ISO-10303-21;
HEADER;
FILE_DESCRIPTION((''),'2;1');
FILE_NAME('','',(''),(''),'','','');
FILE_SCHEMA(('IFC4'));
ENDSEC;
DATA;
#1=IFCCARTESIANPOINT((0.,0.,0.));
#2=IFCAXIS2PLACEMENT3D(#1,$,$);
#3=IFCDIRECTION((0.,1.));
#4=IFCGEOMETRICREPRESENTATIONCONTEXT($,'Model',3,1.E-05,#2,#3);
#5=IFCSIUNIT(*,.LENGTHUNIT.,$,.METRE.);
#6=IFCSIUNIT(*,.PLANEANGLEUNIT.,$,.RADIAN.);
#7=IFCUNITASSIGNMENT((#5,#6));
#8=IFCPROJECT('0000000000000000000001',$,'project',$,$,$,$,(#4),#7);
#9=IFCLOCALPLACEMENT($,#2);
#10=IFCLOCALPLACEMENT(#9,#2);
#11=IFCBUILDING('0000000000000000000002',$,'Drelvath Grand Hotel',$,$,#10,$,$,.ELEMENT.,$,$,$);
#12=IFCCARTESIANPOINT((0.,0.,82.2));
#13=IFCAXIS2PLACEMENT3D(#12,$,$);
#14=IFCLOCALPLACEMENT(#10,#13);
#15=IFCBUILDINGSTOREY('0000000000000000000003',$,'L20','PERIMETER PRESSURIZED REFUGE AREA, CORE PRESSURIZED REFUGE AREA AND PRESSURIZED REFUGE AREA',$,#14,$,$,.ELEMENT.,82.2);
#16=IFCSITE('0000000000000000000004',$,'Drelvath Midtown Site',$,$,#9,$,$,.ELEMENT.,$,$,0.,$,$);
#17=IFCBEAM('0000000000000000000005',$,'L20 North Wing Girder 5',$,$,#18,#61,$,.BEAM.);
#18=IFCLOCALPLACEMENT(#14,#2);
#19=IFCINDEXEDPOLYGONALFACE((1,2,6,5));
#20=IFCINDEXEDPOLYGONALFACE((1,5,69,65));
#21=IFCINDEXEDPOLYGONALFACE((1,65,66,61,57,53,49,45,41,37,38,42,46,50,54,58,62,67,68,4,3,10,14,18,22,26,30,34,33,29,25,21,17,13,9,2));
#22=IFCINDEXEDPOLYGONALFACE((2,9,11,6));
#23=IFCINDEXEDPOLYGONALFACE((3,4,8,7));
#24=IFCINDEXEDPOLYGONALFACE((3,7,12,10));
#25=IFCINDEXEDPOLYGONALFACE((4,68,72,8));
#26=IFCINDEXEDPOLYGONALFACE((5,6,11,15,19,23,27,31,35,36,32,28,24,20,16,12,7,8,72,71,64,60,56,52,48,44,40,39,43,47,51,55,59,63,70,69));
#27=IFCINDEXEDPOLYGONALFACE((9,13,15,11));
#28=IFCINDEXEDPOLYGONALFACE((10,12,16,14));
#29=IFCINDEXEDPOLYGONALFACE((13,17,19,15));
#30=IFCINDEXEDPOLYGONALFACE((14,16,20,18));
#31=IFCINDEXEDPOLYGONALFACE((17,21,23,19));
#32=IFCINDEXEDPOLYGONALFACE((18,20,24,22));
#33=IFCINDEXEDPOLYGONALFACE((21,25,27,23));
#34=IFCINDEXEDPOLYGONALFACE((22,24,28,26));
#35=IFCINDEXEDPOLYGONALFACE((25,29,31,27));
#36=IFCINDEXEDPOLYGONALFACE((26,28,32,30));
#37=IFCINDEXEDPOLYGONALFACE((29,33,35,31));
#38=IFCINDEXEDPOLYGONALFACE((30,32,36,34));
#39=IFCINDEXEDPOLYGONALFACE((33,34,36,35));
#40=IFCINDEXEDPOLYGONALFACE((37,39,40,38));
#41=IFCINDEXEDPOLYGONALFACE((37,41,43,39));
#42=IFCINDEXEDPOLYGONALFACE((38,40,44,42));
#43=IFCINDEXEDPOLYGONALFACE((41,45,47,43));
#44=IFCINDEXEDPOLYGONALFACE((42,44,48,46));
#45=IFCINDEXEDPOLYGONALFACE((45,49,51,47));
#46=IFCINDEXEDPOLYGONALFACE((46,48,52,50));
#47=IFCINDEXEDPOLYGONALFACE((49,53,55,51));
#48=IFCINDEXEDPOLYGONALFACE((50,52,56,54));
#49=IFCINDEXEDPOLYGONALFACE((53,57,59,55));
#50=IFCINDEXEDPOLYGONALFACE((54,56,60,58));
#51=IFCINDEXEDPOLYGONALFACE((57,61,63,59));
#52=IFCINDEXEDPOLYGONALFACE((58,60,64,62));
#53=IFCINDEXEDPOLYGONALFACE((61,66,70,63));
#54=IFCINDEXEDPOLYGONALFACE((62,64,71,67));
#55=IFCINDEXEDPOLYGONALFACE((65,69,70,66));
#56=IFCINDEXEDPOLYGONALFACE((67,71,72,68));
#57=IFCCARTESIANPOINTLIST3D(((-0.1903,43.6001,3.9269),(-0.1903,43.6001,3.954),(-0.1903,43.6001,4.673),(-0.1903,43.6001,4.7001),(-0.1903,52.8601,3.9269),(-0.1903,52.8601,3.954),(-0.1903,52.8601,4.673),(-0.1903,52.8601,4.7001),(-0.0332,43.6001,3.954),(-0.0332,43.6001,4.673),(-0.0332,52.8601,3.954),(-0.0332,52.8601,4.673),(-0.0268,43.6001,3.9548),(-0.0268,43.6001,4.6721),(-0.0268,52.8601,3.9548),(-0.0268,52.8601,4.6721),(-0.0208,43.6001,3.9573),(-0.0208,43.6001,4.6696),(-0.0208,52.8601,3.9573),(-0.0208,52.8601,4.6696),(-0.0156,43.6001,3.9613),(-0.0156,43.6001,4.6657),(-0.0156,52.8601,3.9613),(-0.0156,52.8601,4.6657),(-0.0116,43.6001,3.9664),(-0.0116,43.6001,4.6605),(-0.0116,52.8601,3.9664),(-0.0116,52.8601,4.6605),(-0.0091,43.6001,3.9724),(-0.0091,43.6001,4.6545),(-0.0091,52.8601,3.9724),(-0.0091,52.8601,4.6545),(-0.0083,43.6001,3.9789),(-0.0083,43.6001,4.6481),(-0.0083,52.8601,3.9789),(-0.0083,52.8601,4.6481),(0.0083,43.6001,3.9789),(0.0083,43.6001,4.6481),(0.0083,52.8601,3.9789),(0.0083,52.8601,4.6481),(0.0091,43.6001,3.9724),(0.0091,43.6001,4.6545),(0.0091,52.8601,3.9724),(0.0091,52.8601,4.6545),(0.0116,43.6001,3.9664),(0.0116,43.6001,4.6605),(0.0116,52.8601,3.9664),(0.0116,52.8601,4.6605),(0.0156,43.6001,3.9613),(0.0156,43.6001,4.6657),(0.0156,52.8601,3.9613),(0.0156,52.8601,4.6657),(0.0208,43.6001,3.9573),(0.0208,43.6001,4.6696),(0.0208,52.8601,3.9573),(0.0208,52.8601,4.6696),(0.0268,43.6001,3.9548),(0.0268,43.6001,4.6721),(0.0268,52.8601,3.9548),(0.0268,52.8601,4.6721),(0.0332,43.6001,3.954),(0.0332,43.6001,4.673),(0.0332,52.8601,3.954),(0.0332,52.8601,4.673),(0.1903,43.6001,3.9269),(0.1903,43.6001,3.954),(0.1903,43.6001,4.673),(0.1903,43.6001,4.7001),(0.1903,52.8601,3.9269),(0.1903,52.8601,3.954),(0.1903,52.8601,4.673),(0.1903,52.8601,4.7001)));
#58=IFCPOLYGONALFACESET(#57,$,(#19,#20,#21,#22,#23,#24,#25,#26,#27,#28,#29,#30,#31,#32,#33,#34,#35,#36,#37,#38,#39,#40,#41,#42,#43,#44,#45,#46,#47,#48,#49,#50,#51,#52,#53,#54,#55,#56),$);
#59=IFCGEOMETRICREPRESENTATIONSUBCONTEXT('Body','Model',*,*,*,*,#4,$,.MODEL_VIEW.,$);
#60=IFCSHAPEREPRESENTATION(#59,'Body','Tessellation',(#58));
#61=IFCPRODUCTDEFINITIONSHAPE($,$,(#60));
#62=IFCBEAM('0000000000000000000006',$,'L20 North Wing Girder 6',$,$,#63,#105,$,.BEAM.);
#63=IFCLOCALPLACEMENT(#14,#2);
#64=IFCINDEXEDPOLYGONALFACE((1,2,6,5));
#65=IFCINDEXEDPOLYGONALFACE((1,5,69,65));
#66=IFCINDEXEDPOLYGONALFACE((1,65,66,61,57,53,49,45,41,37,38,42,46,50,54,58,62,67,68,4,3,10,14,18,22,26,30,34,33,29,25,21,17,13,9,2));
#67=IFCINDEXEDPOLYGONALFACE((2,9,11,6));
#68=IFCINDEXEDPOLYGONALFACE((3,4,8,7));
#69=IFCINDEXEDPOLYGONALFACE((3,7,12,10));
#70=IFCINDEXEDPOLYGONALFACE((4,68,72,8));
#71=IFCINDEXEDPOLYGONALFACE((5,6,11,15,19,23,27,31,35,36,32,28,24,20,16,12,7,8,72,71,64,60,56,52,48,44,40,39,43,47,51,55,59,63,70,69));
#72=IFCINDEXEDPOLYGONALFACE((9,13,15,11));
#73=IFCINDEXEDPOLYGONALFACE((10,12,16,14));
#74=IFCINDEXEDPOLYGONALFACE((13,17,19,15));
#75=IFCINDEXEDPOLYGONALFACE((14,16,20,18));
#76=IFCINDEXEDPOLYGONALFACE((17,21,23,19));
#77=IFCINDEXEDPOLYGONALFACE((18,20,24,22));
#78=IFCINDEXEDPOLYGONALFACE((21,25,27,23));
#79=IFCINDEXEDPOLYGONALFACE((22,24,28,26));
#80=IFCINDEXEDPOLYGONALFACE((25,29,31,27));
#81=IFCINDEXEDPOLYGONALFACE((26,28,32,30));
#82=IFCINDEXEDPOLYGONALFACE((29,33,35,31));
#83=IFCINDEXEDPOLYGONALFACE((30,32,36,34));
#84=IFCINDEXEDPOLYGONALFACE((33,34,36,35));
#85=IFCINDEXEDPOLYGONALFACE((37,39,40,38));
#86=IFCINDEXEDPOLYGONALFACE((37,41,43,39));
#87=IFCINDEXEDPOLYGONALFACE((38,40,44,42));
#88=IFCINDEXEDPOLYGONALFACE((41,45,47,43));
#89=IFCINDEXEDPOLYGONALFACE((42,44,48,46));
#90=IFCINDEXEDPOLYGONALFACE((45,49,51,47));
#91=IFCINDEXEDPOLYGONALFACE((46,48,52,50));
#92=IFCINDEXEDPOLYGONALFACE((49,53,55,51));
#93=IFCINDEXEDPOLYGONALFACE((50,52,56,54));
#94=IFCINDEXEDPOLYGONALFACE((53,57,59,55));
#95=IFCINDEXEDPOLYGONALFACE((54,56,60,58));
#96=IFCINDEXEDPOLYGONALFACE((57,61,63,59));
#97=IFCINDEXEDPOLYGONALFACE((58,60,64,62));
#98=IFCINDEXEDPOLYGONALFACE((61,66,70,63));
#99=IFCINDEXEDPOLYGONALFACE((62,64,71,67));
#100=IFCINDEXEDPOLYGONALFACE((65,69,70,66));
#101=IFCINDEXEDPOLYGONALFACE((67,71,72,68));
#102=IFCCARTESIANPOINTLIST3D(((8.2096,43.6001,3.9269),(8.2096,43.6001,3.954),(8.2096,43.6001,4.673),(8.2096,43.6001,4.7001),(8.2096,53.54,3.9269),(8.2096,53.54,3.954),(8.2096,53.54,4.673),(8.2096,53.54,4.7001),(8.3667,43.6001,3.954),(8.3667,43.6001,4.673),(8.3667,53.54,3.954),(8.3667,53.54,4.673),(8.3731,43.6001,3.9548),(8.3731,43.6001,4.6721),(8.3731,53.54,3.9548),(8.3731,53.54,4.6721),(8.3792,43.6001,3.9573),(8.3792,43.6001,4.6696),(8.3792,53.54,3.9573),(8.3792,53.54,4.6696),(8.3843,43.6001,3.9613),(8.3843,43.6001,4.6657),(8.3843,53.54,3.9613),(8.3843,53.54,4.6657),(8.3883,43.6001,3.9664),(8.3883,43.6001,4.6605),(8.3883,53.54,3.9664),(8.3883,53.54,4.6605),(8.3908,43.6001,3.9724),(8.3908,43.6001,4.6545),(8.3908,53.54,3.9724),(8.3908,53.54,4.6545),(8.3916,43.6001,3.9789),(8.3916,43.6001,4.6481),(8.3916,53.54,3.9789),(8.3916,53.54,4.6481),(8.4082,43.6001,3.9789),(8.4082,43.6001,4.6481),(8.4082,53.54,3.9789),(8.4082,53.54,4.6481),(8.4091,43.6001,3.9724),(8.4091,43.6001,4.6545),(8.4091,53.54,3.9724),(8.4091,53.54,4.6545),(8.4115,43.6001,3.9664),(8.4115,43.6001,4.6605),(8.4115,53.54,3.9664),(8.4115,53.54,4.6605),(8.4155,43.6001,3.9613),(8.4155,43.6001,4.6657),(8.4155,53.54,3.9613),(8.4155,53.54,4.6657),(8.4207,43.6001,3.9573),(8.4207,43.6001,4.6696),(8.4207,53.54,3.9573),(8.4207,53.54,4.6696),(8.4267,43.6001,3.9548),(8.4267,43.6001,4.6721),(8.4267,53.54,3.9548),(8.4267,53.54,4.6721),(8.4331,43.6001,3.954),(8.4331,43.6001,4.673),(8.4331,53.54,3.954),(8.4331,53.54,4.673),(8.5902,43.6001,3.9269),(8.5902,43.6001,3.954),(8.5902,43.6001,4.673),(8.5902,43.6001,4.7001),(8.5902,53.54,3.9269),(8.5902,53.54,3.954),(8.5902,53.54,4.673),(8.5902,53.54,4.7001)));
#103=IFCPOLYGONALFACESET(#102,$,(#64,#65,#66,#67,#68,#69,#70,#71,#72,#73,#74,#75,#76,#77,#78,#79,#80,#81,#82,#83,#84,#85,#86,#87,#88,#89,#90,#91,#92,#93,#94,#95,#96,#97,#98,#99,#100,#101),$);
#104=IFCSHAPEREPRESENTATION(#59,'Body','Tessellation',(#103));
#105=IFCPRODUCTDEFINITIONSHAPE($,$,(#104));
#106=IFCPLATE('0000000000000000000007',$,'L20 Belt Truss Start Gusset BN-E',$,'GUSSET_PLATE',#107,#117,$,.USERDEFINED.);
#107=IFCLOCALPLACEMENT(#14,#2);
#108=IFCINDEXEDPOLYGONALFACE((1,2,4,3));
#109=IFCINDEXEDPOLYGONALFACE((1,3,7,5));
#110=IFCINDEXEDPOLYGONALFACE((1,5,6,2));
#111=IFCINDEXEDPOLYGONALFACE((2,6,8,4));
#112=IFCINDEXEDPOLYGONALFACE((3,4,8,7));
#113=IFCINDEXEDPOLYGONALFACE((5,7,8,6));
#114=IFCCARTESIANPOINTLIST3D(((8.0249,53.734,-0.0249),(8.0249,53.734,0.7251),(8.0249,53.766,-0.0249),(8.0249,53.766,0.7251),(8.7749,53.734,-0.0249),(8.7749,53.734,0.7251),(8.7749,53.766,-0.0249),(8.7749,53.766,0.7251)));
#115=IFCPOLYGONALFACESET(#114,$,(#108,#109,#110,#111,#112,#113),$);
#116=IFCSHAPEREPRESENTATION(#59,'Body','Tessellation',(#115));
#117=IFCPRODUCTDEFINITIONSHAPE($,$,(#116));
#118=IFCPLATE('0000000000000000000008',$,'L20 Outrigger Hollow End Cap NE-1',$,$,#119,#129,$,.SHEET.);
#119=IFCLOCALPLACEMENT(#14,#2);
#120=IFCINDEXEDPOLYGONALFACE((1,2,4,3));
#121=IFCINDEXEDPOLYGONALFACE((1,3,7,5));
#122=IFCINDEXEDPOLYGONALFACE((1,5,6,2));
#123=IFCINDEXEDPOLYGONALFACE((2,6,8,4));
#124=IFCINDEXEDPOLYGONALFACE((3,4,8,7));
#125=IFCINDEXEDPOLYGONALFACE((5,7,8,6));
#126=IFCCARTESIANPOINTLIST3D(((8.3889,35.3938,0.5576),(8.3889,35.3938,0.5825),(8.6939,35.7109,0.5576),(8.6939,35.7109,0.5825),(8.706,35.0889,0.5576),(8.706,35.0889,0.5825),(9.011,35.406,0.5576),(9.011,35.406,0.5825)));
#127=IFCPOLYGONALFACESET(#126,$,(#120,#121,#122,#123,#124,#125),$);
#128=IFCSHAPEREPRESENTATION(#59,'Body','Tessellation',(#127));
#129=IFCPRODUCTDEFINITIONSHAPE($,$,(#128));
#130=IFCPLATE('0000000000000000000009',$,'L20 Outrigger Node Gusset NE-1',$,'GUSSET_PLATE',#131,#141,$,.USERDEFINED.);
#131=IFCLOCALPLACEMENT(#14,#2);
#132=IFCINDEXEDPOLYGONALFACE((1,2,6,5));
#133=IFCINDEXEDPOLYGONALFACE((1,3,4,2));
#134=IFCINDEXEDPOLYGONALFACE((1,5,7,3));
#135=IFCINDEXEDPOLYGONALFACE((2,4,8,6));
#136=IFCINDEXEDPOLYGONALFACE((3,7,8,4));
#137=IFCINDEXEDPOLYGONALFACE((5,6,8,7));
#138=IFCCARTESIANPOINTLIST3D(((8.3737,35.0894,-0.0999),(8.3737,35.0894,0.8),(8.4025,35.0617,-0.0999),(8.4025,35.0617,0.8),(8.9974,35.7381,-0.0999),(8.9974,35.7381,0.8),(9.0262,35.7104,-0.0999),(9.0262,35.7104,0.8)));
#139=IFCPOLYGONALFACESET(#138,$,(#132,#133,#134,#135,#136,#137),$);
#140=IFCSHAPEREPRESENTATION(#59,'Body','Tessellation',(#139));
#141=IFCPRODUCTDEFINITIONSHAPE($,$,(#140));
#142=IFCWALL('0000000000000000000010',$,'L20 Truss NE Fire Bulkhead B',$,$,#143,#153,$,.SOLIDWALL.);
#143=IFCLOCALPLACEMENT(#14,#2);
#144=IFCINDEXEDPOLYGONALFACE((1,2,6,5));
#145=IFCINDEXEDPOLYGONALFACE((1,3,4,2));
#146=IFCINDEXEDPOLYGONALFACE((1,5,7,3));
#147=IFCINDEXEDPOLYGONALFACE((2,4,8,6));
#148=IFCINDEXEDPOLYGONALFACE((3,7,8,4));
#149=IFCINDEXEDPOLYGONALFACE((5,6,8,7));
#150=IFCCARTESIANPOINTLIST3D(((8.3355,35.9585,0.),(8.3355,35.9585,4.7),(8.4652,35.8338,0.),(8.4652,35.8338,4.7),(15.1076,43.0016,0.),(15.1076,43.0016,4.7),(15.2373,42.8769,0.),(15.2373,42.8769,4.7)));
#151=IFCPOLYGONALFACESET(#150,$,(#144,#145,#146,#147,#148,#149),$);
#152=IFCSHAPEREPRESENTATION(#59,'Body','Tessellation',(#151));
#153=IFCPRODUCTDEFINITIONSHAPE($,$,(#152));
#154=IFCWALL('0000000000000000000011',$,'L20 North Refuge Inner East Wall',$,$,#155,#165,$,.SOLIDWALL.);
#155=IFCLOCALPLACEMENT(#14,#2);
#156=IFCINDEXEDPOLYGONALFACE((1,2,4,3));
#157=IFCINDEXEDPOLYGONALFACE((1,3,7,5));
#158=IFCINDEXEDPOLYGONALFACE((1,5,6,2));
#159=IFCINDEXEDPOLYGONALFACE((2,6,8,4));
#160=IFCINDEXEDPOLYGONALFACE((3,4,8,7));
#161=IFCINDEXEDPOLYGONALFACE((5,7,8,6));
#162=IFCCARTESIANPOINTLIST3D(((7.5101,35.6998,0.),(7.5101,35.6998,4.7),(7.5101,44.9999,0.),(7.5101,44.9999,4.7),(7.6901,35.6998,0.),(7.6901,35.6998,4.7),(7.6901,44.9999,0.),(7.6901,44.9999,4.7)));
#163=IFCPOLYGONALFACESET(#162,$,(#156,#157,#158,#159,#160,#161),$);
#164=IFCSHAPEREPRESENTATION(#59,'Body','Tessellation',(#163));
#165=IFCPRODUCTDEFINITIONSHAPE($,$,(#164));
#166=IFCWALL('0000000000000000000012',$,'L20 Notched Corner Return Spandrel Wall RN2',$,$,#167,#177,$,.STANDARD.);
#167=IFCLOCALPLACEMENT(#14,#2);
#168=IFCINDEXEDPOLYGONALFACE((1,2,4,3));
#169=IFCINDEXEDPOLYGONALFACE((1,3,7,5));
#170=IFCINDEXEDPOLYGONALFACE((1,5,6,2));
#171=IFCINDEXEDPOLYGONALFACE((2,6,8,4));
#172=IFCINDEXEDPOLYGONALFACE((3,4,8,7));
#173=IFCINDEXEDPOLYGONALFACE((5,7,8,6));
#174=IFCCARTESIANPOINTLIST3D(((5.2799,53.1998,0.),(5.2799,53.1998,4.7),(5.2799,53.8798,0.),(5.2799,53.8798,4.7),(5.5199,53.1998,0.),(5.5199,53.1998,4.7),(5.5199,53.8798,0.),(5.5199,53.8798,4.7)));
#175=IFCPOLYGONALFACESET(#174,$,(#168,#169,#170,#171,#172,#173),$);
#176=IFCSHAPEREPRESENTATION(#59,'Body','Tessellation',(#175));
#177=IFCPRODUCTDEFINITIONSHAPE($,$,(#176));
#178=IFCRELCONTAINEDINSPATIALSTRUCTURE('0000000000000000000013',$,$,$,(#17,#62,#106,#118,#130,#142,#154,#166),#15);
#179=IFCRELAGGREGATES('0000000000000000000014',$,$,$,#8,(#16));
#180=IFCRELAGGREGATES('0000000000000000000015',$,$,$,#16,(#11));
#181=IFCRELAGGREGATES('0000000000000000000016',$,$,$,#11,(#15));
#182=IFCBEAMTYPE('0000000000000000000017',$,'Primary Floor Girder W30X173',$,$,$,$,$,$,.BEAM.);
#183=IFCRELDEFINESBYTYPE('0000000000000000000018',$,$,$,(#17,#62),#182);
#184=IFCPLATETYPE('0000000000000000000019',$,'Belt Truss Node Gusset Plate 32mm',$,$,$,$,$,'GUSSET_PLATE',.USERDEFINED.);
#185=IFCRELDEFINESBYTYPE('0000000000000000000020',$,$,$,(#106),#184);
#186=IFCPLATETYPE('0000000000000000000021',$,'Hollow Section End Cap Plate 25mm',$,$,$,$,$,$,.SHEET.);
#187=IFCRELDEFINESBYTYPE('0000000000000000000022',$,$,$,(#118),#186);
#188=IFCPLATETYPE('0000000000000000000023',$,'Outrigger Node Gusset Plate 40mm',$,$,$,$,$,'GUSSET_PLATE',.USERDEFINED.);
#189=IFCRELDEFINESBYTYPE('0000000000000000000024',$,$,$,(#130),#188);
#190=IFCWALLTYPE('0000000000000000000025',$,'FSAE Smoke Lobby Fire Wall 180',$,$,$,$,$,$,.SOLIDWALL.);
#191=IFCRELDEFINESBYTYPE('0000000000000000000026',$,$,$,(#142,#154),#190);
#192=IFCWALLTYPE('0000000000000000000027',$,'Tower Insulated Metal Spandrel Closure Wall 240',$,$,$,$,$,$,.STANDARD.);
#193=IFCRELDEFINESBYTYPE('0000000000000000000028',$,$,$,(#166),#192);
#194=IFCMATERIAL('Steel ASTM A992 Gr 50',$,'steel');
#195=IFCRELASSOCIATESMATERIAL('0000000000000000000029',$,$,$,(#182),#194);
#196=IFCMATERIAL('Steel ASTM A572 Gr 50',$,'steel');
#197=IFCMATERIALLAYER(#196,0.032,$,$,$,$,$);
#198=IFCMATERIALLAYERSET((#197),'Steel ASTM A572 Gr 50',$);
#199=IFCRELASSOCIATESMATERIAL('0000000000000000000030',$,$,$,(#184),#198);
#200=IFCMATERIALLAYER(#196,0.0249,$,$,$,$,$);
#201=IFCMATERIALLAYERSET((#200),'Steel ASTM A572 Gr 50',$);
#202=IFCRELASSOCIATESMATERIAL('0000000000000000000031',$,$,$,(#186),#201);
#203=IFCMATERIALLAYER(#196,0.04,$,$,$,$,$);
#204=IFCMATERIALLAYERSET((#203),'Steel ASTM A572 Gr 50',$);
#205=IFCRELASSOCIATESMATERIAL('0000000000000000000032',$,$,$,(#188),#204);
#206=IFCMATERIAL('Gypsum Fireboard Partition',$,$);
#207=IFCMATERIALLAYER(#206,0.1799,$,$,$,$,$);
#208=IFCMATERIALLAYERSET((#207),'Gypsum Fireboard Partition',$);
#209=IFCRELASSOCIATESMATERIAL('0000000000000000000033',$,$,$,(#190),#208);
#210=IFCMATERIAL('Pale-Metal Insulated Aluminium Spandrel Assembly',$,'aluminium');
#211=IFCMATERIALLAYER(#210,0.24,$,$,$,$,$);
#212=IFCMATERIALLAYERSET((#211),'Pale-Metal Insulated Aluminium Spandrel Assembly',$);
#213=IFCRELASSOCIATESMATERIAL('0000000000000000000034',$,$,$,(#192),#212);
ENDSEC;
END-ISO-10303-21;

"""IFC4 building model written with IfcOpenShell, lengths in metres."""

from ifc_helpers import new_model, si_unit, direction, frame, frame_2d, origin, origin_2d, place, context, subcontext, project, spatial, rectangle, i_section, extrude, material, layer, layer_set, material_profile, profile_set, type_object, element, save


model = new_model("IFC4")

# Units and contexts
model_context = context("Model", 3, precision=1e-05, world=origin(), true_north=direction((0.0, 1.0)))
body_context = subcontext(model_context, "Body", "Model", "MODEL_VIEW")
ifc_project = project(units=[si_unit("LENGTHUNIT", "METRE"), si_unit("PLANEANGLEUNIT", "RADIAN")], contexts=[model_context])

# Site, building, storey
site_placement = place(None, origin())
site = spatial("IfcSite", under=ifc_project, at=site_placement, Name="Drelvath Midtown Site", CompositionType="ELEMENT", RefElevation=0.0)
building_placement = place(site_placement, origin())
building = spatial("IfcBuilding", under=site, at=building_placement, Name="Drelvath Grand Hotel", CompositionType="ELEMENT")
storey_placement = place(building_placement, frame((0.0, 0.0, 82.2)))
storey = spatial("IfcBuildingStorey", under=building, at=storey_placement, Name="L20", Description="PERIMETER PRESSURIZED REFUGE AREA, CORE PRESSURIZED REFUGE AREA AND PRESSURIZED REFUGE AREA", CompositionType="ELEMENT", Elevation=82.2)

# Beams
ifc_material_1 = material(Name="Steel ASTM A992 Gr 50", Category="steel")
ifc_material_profile_1 = material_profile(ifc_material_1, i_section(OverallWidth=0.3806, OverallDepth=0.7732, WebThickness=0.0166, FlangeThickness=0.0271, FilletRadius=0.0249, at=origin_2d()), Name="W30X173")
ifc_profile_set_1 = profile_set([ifc_material_profile_1], Name="Steel ASTM A992 Gr 50")
beam_type_1 = type_object("IfcBeamType", Name="Primary Floor Girder W30X173", PredefinedType="BEAM", material=ifc_profile_set_1)
beam_1_placement = place(storey_placement, frame((0.0, 43.6001, 4.3135), z_axis=(0.0, 1.0, 0.0), x_axis=(-1.0, 0.0, 0.0)))
element("IfcBeam", 1, at=beam_1_placement, inside=storey, type_object=beam_type_1, Name="L20 North Wing Girder 5", PredefinedType="BEAM", context=body_context, shape_type="SweptSolid", body=[
    extrude(i_section(OverallWidth=0.3806, OverallDepth=0.7732, WebThickness=0.0166, FlangeThickness=0.0271, FilletRadius=0.0249, at=origin_2d()), origin(), (0.0, 0.0, 1.0), 9.26),
])
beam_2_placement = place(storey_placement, frame((8.3999, 43.6001, 4.3135), z_axis=(0.0, 1.0, 0.0), x_axis=(-1.0, 0.0, 0.0)))
element("IfcBeam", 2, at=beam_2_placement, inside=storey, type_object=beam_type_1, Name="L20 North Wing Girder 6", PredefinedType="BEAM", context=body_context, shape_type="SweptSolid", body=[
    extrude(i_section(OverallWidth=0.3806, OverallDepth=0.7732, WebThickness=0.0166, FlangeThickness=0.0271, FilletRadius=0.0249, at=origin_2d()), origin(), (0.0, 0.0, 1.0), 9.9399),
])

# Plates
ifc_material_2 = material(Name="Steel ASTM A572 Gr 50", Category="steel")
ifc_layer_1 = layer(ifc_material_2, 0.032)
ifc_layer_set_1 = layer_set([ifc_layer_1], Name="Steel ASTM A572 Gr 50")
plate_type_1 = type_object("IfcPlateType", Name="Belt Truss Node Gusset Plate 32mm", ElementType="GUSSET_PLATE", PredefinedType="USERDEFINED", material=ifc_layer_set_1)
plate_1_placement = place(storey_placement, frame((8.3999, 53.75, -0.0249), z_axis=(0.0, 0.0, 1.0), x_axis=(1.0, 0.0, 0.0)))
element("IfcPlate", 3, at=plate_1_placement, inside=storey, type_object=plate_type_1, Name="L20 Belt Truss Start Gusset BN-E", ObjectType="GUSSET_PLATE", PredefinedType="USERDEFINED", context=body_context, shape_type="SweptSolid", body=[
    extrude(rectangle(XDim=0.75, YDim=0.032, at=origin_2d()), origin(), (0.0, 0.0, 1.0), 0.75),
])
ifc_layer_2 = layer(ifc_material_2, 0.0249)
ifc_layer_set_2 = layer_set([ifc_layer_2], Name="Steel ASTM A572 Gr 50")
plate_type_2 = type_object("IfcPlateType", Name="Hollow Section End Cap Plate 25mm", PredefinedType="SHEET", material=ifc_layer_set_2)
plate_2_placement = place(storey_placement, frame((8.7, 35.3999, 0.5576), z_axis=(0.0, 0.0, 1.0), x_axis=(0.693109, 0.720833, 0.0)))
element("IfcPlate", 4, at=plate_2_placement, inside=storey, type_object=plate_type_2, Name="L20 Outrigger Hollow End Cap NE-1", PredefinedType="SHEET", context=body_context, shape_type="SweptSolid", body=[
    extrude(rectangle(XDim=0.4399, YDim=0.4399, at=origin_2d()), origin(), (0.0, 0.0, 1.0), 0.0249),
])
ifc_layer_3 = layer(ifc_material_2, 0.04)
ifc_layer_set_3 = layer_set([ifc_layer_3], Name="Steel ASTM A572 Gr 50")
plate_type_3 = type_object("IfcPlateType", Name="Outrigger Node Gusset Plate 40mm", ElementType="GUSSET_PLATE", PredefinedType="USERDEFINED", material=ifc_layer_set_3)
plate_3_placement = place(storey_placement, frame((8.7, 35.3999, -0.0999), z_axis=(0.0, 0.0, 1.0), x_axis=(0.693109, 0.720833, 0.0)))
element("IfcPlate", 5, at=plate_3_placement, inside=storey, type_object=plate_type_3, Name="L20 Outrigger Node Gusset NE-1", ObjectType="GUSSET_PLATE", PredefinedType="USERDEFINED", context=body_context, shape_type="SweptSolid", body=[
    extrude(rectangle(XDim=0.8999, YDim=0.04, at=origin_2d()), origin(), (0.0, 0.0, 1.0), 0.8999),
])

# Walls
ifc_material_3 = material(Name="Gypsum Fireboard Partition")
ifc_layer_4 = layer(ifc_material_3, 0.1799)
ifc_layer_set_4 = layer_set([ifc_layer_4], Name="Gypsum Fireboard Partition")
wall_type_1 = type_object("IfcWallType", Name="FSAE Smoke Lobby Fire Wall 180", PredefinedType="SOLIDWALL", material=ifc_layer_set_4)
wall_1_placement = place(storey_placement, frame((8.4004, 35.8962, 0.0), z_axis=(0.0, 0.0, 1.0), x_axis=(0.693103, 0.720838, 0.0)))
element("IfcWall", 6, at=wall_1_placement, inside=storey, type_object=wall_type_1, Name="L20 Truss NE Fire Bulkhead B", PredefinedType="SOLIDWALL", context=body_context, shape_type="SweptSolid", body=[
    extrude(rectangle(XDim=9.7708, YDim=0.1799, at=frame_2d((4.8853, 0.0))), origin(), (0.0, 0.0, 1.0), 4.7),
])
wall_2_placement = place(storey_placement, frame((7.6001, 35.7, 0.0), z_axis=(0.0, 0.0, 1.0), x_axis=(0.0, 1.0, 0.0)))
element("IfcWall", 7, at=wall_2_placement, inside=storey, type_object=wall_type_1, Name="L20 North Refuge Inner East Wall", PredefinedType="SOLIDWALL", context=body_context, shape_type="SweptSolid", body=[
    extrude(rectangle(XDim=9.3, YDim=0.1799, at=frame_2d((4.6499, 0.0))), origin(), (0.0, 0.0, 1.0), 4.7),
])
ifc_material_4 = material(Name="Pale-Metal Insulated Aluminium Spandrel Assembly", Category="aluminium")
ifc_layer_5 = layer(ifc_material_4, 0.24)
ifc_layer_set_5 = layer_set([ifc_layer_5], Name="Pale-Metal Insulated Aluminium Spandrel Assembly")
wall_type_2 = type_object("IfcWallType", Name="Tower Insulated Metal Spandrel Closure Wall 240", PredefinedType="STANDARD", material=ifc_layer_set_5)
wall_3_placement = place(storey_placement, frame((5.3999, 53.2, 0.0), z_axis=(0.0, 0.0, 1.0), x_axis=(0.0, 1.0, 0.0)))
element("IfcWall", 8, at=wall_3_placement, inside=storey, type_object=wall_type_2, Name="L20 Notched Corner Return Spandrel Wall RN2", PredefinedType="STANDARD", context=body_context, shape_type="SweptSolid", body=[
    extrude(rectangle(XDim=0.6799, YDim=0.24, at=frame_2d((0.3398, 0.0))), origin(), (0.0, 0.0, 1.0), 4.7),
])

save(model, "model.ifc")
